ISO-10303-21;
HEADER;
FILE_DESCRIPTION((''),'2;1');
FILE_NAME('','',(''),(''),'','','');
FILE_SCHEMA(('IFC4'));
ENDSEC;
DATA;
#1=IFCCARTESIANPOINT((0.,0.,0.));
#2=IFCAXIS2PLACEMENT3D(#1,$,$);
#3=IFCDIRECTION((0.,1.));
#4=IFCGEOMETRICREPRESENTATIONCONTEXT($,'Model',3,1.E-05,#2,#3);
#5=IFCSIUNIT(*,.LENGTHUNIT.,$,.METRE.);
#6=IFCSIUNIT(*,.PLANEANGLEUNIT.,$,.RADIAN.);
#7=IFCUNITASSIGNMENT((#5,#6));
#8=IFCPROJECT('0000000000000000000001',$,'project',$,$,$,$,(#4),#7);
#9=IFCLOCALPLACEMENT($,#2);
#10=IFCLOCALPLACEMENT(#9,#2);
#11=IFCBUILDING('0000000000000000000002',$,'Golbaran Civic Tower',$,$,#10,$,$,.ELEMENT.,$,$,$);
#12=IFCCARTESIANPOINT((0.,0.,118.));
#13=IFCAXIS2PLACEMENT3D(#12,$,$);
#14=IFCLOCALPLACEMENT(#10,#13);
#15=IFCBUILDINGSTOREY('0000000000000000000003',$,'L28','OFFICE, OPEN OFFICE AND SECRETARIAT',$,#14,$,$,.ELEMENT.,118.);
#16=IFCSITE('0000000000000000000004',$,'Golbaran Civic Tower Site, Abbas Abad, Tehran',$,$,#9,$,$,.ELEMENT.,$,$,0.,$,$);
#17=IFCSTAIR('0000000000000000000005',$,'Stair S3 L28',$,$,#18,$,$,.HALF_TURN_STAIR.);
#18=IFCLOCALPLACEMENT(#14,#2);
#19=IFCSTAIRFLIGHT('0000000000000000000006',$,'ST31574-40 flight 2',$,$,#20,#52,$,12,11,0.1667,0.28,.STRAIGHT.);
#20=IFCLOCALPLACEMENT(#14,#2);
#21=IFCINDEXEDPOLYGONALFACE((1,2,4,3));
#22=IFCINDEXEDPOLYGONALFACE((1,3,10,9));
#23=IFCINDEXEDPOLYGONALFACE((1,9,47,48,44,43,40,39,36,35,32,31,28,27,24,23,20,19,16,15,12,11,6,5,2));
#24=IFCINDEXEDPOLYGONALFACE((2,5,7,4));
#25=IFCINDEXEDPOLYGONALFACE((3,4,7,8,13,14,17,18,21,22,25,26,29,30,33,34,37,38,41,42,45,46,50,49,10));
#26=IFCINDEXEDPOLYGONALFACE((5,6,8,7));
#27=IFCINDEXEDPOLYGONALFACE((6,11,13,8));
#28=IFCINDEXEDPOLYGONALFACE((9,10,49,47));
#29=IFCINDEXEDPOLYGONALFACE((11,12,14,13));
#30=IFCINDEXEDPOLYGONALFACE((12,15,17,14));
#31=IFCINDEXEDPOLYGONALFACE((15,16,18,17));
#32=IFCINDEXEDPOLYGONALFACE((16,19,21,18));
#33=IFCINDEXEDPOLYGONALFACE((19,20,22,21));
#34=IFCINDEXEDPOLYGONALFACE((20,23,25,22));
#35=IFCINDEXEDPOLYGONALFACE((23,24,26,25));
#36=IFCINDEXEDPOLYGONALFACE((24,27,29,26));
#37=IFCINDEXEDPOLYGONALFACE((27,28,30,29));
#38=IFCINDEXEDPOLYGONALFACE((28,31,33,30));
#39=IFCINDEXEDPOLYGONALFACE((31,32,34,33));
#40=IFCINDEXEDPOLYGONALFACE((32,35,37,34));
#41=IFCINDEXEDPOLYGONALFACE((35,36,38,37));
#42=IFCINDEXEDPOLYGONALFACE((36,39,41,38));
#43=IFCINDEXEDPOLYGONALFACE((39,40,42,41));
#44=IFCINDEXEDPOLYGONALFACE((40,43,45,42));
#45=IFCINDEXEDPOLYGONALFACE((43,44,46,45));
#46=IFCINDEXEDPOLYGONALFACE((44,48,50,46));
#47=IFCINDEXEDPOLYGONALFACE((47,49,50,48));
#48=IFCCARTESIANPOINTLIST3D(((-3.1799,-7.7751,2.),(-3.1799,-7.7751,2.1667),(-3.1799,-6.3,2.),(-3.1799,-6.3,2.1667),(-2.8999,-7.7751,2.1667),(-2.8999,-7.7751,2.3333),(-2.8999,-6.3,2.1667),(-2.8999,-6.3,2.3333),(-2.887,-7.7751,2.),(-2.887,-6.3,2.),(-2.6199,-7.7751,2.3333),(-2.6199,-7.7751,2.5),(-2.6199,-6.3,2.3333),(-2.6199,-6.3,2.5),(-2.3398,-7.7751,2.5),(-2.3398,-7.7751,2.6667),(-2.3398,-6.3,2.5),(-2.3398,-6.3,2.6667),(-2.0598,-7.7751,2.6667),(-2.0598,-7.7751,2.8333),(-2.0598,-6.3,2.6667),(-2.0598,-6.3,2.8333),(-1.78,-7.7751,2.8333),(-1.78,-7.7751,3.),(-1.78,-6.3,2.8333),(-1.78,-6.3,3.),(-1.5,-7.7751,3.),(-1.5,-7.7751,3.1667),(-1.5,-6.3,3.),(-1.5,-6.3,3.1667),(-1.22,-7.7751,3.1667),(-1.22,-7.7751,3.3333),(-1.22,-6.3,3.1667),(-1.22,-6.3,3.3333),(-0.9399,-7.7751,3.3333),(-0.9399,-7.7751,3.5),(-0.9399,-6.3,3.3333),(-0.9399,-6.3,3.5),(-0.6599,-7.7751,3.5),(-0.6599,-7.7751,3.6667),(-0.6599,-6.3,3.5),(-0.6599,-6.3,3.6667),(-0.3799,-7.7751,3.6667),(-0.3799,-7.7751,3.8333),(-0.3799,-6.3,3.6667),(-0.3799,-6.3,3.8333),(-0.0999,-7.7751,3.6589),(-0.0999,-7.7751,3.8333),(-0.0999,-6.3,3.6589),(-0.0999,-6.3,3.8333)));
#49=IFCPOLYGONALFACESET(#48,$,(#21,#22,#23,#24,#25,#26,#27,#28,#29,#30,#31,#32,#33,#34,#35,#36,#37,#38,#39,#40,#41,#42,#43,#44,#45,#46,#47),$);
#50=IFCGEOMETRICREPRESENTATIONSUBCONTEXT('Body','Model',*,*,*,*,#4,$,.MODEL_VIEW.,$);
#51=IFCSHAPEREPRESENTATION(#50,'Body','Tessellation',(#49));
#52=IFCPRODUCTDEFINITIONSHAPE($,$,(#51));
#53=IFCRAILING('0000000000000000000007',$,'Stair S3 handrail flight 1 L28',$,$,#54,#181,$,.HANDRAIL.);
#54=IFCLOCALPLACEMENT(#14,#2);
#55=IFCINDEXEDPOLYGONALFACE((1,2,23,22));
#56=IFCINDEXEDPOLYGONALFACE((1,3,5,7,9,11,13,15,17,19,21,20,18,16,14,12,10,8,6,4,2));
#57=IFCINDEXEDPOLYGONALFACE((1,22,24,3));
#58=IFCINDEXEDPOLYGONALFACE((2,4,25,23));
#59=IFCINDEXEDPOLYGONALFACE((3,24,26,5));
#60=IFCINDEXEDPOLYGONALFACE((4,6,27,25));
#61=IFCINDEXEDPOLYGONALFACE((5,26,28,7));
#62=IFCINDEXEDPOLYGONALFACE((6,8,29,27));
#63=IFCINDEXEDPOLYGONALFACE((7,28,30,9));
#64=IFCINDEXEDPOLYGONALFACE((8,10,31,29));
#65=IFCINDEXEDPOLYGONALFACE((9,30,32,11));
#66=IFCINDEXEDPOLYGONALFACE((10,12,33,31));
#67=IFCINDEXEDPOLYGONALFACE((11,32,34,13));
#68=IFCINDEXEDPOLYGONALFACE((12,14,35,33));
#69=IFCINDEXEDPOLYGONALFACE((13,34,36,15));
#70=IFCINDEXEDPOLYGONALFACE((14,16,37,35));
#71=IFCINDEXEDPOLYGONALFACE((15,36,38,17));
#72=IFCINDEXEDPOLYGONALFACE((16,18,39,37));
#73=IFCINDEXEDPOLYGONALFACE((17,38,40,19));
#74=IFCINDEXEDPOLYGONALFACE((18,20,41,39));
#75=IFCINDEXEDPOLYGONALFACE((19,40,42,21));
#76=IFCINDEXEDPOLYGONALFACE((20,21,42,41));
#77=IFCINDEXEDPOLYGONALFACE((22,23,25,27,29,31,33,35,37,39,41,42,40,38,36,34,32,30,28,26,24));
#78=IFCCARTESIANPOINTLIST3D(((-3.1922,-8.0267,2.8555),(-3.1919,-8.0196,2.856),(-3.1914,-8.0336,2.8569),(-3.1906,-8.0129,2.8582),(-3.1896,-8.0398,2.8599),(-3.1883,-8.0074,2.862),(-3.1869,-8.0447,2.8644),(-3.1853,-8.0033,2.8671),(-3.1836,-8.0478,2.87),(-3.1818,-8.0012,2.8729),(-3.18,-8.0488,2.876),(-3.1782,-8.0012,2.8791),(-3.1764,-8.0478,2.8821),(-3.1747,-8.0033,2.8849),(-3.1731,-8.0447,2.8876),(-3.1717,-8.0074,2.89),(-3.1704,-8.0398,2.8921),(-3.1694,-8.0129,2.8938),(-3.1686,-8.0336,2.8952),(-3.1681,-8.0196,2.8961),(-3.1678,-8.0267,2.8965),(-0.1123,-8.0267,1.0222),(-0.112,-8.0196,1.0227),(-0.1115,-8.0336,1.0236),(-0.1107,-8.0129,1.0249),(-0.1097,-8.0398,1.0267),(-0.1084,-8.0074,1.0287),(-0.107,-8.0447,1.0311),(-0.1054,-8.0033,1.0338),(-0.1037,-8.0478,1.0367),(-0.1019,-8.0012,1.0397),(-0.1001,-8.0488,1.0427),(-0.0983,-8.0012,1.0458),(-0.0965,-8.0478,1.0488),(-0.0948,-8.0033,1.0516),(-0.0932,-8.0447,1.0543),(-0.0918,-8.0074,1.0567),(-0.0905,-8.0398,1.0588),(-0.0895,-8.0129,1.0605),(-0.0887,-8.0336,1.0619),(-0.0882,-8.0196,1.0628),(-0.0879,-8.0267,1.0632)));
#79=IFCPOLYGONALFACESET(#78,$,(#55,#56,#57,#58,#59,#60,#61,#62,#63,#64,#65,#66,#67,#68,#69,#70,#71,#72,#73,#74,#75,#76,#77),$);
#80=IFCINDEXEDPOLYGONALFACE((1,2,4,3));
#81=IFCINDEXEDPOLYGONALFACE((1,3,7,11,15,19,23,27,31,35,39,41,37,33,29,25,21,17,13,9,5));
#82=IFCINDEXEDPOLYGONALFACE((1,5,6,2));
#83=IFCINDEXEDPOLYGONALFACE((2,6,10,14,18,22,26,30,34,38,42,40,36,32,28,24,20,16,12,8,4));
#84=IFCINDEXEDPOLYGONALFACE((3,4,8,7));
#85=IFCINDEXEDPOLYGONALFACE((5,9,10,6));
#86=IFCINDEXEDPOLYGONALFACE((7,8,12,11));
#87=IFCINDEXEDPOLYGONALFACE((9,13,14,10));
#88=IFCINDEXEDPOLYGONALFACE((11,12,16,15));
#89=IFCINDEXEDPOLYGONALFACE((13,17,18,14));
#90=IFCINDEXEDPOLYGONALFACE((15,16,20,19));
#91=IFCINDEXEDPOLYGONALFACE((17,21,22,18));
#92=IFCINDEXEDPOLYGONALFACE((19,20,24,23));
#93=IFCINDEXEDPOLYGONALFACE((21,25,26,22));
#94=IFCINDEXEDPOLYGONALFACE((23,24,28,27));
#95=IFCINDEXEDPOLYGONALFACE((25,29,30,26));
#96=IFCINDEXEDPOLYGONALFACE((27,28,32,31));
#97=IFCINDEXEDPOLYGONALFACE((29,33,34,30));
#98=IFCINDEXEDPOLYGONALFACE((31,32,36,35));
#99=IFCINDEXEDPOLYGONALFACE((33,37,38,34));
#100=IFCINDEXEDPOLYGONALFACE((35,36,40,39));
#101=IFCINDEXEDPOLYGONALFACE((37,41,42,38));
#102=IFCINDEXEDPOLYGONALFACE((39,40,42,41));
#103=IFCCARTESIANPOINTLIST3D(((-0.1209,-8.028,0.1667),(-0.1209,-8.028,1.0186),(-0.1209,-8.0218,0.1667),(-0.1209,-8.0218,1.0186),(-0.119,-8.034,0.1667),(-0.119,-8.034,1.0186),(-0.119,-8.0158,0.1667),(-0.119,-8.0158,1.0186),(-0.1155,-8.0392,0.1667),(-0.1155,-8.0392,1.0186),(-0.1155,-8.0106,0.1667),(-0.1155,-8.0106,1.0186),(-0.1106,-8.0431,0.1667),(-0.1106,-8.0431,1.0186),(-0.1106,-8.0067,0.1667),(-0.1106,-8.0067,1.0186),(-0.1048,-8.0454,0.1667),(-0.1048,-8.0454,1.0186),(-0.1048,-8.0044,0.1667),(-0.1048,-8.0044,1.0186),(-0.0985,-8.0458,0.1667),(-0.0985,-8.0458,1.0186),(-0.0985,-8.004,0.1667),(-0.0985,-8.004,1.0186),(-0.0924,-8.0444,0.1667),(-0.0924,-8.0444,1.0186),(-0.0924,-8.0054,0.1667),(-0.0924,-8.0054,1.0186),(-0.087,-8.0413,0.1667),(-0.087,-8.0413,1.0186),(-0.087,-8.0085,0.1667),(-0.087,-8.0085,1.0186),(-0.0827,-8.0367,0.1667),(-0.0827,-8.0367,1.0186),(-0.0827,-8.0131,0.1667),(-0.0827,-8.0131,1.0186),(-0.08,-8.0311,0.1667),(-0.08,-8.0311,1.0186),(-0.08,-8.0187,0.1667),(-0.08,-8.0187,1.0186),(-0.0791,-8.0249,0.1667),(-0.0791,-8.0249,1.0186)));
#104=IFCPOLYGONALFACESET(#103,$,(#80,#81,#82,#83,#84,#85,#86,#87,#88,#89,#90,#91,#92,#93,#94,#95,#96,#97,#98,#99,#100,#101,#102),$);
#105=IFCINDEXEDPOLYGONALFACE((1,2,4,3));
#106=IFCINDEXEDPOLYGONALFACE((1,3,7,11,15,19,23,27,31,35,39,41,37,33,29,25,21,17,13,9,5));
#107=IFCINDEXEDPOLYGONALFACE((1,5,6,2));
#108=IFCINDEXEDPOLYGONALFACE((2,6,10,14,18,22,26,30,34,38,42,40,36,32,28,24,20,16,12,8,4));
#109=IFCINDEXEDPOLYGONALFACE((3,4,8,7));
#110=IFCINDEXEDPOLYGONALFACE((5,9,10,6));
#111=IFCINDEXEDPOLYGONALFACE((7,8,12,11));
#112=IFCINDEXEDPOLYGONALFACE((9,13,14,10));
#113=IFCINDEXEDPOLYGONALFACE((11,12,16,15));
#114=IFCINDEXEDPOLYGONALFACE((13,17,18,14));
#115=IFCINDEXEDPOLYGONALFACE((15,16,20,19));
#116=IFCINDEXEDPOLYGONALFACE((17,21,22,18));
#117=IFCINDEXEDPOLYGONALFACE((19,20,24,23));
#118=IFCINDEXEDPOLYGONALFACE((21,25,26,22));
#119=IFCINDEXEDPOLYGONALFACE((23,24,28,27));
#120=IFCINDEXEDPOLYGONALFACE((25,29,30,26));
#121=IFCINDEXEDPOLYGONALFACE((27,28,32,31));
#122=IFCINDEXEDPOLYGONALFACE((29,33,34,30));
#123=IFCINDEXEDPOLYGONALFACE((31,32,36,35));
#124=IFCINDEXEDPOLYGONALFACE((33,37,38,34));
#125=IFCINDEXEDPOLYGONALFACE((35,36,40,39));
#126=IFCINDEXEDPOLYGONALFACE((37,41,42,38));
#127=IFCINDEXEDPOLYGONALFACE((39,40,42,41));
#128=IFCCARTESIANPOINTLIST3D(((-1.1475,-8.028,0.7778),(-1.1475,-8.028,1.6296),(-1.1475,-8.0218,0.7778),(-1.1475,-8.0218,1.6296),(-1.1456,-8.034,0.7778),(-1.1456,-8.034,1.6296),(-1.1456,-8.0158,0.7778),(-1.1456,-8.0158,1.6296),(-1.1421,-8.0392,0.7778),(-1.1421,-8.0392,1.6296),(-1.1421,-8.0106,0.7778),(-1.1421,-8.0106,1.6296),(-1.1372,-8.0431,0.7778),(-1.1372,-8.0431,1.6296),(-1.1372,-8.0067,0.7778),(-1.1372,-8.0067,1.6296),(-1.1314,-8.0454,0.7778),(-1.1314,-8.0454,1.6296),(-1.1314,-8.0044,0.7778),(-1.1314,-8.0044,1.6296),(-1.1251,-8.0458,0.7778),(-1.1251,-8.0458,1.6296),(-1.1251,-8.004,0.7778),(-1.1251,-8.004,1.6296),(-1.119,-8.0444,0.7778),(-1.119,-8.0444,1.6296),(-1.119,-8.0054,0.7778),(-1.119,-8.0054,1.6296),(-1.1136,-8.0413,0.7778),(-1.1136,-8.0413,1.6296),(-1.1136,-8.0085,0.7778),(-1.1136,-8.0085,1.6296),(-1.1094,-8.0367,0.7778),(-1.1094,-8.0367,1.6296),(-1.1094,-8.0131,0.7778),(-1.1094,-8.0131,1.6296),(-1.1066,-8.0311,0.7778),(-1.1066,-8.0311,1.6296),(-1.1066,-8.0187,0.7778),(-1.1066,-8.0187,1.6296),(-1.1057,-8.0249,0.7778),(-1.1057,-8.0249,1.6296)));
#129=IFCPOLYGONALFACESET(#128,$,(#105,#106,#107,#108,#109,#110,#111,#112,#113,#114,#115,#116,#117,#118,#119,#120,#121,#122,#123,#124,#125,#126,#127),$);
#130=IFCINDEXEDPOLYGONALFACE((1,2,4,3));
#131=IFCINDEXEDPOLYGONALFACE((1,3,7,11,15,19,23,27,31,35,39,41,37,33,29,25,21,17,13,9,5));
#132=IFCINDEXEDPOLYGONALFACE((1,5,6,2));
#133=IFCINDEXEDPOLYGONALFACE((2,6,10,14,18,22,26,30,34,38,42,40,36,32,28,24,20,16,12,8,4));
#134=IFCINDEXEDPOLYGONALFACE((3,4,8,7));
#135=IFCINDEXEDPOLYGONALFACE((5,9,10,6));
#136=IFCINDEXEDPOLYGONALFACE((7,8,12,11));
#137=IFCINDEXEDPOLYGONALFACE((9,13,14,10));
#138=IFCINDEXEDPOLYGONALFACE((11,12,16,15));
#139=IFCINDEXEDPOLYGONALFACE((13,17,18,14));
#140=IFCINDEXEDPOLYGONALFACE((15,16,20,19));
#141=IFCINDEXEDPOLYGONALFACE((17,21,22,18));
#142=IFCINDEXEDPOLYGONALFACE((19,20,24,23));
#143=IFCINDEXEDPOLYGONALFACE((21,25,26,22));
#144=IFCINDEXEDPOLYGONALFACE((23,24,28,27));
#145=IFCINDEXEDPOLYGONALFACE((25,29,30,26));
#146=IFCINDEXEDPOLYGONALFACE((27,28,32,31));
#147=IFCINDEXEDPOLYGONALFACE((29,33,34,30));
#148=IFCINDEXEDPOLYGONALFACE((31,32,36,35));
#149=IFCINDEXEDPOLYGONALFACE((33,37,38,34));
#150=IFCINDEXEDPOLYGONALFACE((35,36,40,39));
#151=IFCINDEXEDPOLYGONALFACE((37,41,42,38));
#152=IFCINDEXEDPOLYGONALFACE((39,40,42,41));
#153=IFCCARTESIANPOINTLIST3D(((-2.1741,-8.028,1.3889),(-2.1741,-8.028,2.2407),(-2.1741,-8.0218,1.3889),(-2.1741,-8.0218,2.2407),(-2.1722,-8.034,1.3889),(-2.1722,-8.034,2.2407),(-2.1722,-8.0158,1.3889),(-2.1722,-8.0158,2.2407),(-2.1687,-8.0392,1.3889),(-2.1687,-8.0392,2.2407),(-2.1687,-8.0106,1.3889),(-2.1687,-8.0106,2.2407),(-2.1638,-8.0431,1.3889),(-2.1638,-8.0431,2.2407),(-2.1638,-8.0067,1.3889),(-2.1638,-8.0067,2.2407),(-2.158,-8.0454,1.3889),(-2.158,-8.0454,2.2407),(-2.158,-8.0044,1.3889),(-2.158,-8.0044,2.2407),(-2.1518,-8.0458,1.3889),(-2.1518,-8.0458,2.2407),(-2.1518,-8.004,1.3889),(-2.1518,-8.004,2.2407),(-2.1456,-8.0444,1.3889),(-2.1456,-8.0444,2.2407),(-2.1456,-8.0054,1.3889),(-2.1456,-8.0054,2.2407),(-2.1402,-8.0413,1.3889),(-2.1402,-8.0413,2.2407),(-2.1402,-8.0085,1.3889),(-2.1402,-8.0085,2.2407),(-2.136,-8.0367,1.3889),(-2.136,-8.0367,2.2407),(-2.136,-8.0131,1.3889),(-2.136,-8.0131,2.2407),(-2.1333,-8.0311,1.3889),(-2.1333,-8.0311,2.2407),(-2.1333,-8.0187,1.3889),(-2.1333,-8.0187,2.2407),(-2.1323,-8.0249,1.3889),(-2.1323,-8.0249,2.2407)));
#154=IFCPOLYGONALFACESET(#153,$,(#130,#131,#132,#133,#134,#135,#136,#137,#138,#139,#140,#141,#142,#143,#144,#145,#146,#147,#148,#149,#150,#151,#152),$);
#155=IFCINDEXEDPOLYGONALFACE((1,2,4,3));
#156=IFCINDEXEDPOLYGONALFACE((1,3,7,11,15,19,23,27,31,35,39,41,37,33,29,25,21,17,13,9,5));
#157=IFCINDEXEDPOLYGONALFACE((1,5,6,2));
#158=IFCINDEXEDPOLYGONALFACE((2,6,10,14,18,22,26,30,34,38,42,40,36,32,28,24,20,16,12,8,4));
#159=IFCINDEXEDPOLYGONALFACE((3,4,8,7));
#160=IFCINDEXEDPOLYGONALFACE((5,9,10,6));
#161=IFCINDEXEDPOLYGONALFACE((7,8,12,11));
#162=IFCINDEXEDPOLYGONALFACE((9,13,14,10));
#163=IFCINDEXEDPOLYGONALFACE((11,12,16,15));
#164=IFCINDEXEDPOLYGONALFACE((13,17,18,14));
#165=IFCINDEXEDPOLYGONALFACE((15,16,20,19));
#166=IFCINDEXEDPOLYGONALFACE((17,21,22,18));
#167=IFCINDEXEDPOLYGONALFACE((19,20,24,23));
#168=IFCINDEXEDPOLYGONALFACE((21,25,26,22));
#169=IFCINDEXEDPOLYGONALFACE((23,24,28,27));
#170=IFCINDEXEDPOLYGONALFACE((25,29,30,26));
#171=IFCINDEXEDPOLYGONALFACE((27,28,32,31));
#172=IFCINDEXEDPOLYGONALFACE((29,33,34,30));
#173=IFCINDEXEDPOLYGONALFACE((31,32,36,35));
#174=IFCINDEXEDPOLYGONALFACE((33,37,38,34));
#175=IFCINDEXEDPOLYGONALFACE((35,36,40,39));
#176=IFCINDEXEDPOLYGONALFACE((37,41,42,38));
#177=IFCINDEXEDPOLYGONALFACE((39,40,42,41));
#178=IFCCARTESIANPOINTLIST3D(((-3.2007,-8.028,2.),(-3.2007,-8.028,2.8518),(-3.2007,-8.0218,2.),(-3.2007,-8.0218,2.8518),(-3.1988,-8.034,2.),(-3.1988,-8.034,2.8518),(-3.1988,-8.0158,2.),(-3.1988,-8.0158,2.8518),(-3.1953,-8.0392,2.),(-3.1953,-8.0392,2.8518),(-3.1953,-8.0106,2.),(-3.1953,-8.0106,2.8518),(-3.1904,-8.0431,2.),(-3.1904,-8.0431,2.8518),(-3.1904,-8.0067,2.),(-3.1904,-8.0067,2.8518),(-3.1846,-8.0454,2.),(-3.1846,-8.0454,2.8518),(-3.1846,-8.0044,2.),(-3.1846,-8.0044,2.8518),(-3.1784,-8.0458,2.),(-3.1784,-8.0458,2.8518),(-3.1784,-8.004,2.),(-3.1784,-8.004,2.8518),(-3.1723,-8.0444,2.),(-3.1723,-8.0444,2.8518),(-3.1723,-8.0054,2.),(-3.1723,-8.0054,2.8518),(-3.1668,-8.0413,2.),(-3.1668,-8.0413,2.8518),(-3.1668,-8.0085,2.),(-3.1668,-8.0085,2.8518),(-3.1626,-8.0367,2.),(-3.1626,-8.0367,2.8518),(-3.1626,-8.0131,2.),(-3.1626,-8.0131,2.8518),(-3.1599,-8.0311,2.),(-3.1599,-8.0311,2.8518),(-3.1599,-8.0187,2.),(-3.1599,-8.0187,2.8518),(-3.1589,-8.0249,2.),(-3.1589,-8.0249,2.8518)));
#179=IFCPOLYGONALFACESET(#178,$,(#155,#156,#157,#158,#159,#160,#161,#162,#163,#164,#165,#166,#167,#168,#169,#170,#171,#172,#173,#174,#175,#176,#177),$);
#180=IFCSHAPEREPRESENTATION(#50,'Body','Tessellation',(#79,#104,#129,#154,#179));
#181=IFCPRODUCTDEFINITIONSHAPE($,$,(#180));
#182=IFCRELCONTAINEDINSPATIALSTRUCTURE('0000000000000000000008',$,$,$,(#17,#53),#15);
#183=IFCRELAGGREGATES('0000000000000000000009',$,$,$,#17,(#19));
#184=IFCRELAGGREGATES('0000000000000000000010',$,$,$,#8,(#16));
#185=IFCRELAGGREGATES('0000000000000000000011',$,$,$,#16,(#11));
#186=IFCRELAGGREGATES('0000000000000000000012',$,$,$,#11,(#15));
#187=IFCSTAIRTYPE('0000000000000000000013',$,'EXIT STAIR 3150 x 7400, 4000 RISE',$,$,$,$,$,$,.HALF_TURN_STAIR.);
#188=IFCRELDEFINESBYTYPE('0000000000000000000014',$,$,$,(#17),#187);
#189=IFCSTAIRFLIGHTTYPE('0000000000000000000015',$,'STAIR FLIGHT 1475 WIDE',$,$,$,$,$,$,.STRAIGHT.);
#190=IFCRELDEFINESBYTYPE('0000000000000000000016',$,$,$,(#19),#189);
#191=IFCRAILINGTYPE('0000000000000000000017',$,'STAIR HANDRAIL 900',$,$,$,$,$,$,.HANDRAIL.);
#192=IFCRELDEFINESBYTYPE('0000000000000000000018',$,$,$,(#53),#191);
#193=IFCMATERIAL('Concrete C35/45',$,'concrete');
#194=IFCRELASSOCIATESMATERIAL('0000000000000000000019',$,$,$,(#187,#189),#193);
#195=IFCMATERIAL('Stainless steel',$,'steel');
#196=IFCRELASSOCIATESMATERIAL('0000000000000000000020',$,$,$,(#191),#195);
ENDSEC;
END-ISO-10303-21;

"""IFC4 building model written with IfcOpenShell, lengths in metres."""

from ifc_helpers import new_model, si_unit, direction, frame, origin, origin_2d, place, context, subcontext, project, spatial, polyline, circle, outline, extrude, material, type_object, element, aggregate, save


model = new_model("IFC4")

# Units and contexts
model_context = context("Model", 3, precision=1e-05, world=origin(), true_north=direction((0.0, 1.0)))
body_context = subcontext(model_context, "Body", "Model", "MODEL_VIEW")
ifc_project = project(units=[si_unit("LENGTHUNIT", "METRE"), si_unit("PLANEANGLEUNIT", "RADIAN")], contexts=[model_context])

# Site, building, storey
site_placement = place(None, origin())
site = spatial("IfcSite", under=ifc_project, at=site_placement, Name="Golbaran Civic Tower Site, Abbas Abad, Tehran", CompositionType="ELEMENT", RefElevation=0.0)
building_placement = place(site_placement, origin())
building = spatial("IfcBuilding", under=site, at=building_placement, Name="Golbaran Civic Tower", CompositionType="ELEMENT")
storey_placement = place(building_placement, frame((0.0, 0.0, 118.0)))
storey = spatial("IfcBuildingStorey", under=building, at=storey_placement, Name="L28", Description="OFFICE, OPEN OFFICE AND SECRETARIAT", CompositionType="ELEMENT", Elevation=118.0)

# Shared definitions
ifc_material_1 = material(Name="Stainless steel", Category="steel")

# Stair, stair flight
ifc_material_2 = material(Name="Concrete C35/45", Category="concrete")
stair_type = type_object("IfcStairType", Name="EXIT STAIR 3150 x 7400, 4000 RISE", PredefinedType="HALF_TURN_STAIR", material=ifc_material_2)
stair_placement = place(storey_placement, origin())
stair = element("IfcStair", 1, at=stair_placement, inside=storey, type_object=stair_type, Name="Stair S3 L28", PredefinedType="HALF_TURN_STAIR")
stair_flight_type = type_object("IfcStairFlightType", Name="STAIR FLIGHT 1475 WIDE", PredefinedType="STRAIGHT", material=ifc_material_2)
stair_flight_1_placement = place(storey_placement, frame((-3.1799, -7.0376, 2.0), z_axis=(0.0, 0.0, 1.0), x_axis=(1.0, 0.0, 0.0)))
stair_flight_1 = element("IfcStairFlight", 2, at=stair_flight_1_placement, type_object=stair_flight_type, Name="ST31574-40 flight 2", NumberOfRisers=12, NumberOfTreads=11, PredefinedType="STRAIGHT", RiserHeight=0.1667, TreadLength=0.28, context=body_context, shape_type="SweptSolid", body=[
    extrude(outline(polyline([(0.0, 0.0), (0.0, 0.1667), (0.28, 0.1667), (0.28, 0.3333), (0.5601, 0.3333), (0.5601, 0.5), (0.8401, 0.5), (0.8401, 0.6667), (1.1201, 0.6667), (1.1201, 0.8333), (1.3999, 0.8333), (1.3999, 1.0), (1.6799, 1.0), (1.6799, 1.1667), (1.96, 1.1667), (1.96, 1.3333), (2.24, 1.3333), (2.24, 1.5), (2.52, 1.5), (2.52, 1.6667), (2.8, 1.6667), (2.8, 1.8333), (3.0801, 1.8333), (3.0801, 2.0), (3.0801, 1.6589), (0.293, 0.0), (0.0, 0.0)])), frame((0.0, 0.7375, 0.0), z_axis=(0.0, -1.0, 0.0), x_axis=(1.0, 0.0, 0.0)), (0.0, 0.0, 1.0), 1.4751),
])
aggregate(stair, [stair_flight_1])

# Railing
railing_type = type_object("IfcRailingType", Name="STAIR HANDRAIL 900", PredefinedType="HANDRAIL", material=ifc_material_1)
railing_1_placement = place(storey_placement, frame((-0.1001, -8.0249, 0.1667)))
element("IfcRailing", 3, at=railing_1_placement, inside=storey, type_object=railing_type, Name="Stair S3 handrail flight 1 L28", PredefinedType="HANDRAIL", context=body_context, shape_type="SweptSolid", body=[
    extrude(circle(Radius=0.0239, at=origin_2d()), frame((0.0, 0.0, 0.876), z_axis=(-0.859291, 0.0, 0.511487), x_axis=(0.0, -1.0, 0.0)), (0.0, 0.0, 1.0), 3.5842),
    extrude(circle(Radius=0.021, at=origin_2d()), origin(), (0.0, 0.0, 1.0), 0.8518),
    extrude(circle(Radius=0.021, at=origin_2d()), frame((-1.0266, 0.0, 0.6111)), (0.0, 0.0, 1.0), 0.8518),
    extrude(circle(Radius=0.021, at=origin_2d()), frame((-2.0532, 0.0, 1.2222)), (0.0, 0.0, 1.0), 0.8518),
    extrude(circle(Radius=0.021, at=origin_2d()), frame((-3.0798, 0.0, 1.8333)), (0.0, 0.0, 1.0), 0.8518),
])

save(model, "model.ifc")
